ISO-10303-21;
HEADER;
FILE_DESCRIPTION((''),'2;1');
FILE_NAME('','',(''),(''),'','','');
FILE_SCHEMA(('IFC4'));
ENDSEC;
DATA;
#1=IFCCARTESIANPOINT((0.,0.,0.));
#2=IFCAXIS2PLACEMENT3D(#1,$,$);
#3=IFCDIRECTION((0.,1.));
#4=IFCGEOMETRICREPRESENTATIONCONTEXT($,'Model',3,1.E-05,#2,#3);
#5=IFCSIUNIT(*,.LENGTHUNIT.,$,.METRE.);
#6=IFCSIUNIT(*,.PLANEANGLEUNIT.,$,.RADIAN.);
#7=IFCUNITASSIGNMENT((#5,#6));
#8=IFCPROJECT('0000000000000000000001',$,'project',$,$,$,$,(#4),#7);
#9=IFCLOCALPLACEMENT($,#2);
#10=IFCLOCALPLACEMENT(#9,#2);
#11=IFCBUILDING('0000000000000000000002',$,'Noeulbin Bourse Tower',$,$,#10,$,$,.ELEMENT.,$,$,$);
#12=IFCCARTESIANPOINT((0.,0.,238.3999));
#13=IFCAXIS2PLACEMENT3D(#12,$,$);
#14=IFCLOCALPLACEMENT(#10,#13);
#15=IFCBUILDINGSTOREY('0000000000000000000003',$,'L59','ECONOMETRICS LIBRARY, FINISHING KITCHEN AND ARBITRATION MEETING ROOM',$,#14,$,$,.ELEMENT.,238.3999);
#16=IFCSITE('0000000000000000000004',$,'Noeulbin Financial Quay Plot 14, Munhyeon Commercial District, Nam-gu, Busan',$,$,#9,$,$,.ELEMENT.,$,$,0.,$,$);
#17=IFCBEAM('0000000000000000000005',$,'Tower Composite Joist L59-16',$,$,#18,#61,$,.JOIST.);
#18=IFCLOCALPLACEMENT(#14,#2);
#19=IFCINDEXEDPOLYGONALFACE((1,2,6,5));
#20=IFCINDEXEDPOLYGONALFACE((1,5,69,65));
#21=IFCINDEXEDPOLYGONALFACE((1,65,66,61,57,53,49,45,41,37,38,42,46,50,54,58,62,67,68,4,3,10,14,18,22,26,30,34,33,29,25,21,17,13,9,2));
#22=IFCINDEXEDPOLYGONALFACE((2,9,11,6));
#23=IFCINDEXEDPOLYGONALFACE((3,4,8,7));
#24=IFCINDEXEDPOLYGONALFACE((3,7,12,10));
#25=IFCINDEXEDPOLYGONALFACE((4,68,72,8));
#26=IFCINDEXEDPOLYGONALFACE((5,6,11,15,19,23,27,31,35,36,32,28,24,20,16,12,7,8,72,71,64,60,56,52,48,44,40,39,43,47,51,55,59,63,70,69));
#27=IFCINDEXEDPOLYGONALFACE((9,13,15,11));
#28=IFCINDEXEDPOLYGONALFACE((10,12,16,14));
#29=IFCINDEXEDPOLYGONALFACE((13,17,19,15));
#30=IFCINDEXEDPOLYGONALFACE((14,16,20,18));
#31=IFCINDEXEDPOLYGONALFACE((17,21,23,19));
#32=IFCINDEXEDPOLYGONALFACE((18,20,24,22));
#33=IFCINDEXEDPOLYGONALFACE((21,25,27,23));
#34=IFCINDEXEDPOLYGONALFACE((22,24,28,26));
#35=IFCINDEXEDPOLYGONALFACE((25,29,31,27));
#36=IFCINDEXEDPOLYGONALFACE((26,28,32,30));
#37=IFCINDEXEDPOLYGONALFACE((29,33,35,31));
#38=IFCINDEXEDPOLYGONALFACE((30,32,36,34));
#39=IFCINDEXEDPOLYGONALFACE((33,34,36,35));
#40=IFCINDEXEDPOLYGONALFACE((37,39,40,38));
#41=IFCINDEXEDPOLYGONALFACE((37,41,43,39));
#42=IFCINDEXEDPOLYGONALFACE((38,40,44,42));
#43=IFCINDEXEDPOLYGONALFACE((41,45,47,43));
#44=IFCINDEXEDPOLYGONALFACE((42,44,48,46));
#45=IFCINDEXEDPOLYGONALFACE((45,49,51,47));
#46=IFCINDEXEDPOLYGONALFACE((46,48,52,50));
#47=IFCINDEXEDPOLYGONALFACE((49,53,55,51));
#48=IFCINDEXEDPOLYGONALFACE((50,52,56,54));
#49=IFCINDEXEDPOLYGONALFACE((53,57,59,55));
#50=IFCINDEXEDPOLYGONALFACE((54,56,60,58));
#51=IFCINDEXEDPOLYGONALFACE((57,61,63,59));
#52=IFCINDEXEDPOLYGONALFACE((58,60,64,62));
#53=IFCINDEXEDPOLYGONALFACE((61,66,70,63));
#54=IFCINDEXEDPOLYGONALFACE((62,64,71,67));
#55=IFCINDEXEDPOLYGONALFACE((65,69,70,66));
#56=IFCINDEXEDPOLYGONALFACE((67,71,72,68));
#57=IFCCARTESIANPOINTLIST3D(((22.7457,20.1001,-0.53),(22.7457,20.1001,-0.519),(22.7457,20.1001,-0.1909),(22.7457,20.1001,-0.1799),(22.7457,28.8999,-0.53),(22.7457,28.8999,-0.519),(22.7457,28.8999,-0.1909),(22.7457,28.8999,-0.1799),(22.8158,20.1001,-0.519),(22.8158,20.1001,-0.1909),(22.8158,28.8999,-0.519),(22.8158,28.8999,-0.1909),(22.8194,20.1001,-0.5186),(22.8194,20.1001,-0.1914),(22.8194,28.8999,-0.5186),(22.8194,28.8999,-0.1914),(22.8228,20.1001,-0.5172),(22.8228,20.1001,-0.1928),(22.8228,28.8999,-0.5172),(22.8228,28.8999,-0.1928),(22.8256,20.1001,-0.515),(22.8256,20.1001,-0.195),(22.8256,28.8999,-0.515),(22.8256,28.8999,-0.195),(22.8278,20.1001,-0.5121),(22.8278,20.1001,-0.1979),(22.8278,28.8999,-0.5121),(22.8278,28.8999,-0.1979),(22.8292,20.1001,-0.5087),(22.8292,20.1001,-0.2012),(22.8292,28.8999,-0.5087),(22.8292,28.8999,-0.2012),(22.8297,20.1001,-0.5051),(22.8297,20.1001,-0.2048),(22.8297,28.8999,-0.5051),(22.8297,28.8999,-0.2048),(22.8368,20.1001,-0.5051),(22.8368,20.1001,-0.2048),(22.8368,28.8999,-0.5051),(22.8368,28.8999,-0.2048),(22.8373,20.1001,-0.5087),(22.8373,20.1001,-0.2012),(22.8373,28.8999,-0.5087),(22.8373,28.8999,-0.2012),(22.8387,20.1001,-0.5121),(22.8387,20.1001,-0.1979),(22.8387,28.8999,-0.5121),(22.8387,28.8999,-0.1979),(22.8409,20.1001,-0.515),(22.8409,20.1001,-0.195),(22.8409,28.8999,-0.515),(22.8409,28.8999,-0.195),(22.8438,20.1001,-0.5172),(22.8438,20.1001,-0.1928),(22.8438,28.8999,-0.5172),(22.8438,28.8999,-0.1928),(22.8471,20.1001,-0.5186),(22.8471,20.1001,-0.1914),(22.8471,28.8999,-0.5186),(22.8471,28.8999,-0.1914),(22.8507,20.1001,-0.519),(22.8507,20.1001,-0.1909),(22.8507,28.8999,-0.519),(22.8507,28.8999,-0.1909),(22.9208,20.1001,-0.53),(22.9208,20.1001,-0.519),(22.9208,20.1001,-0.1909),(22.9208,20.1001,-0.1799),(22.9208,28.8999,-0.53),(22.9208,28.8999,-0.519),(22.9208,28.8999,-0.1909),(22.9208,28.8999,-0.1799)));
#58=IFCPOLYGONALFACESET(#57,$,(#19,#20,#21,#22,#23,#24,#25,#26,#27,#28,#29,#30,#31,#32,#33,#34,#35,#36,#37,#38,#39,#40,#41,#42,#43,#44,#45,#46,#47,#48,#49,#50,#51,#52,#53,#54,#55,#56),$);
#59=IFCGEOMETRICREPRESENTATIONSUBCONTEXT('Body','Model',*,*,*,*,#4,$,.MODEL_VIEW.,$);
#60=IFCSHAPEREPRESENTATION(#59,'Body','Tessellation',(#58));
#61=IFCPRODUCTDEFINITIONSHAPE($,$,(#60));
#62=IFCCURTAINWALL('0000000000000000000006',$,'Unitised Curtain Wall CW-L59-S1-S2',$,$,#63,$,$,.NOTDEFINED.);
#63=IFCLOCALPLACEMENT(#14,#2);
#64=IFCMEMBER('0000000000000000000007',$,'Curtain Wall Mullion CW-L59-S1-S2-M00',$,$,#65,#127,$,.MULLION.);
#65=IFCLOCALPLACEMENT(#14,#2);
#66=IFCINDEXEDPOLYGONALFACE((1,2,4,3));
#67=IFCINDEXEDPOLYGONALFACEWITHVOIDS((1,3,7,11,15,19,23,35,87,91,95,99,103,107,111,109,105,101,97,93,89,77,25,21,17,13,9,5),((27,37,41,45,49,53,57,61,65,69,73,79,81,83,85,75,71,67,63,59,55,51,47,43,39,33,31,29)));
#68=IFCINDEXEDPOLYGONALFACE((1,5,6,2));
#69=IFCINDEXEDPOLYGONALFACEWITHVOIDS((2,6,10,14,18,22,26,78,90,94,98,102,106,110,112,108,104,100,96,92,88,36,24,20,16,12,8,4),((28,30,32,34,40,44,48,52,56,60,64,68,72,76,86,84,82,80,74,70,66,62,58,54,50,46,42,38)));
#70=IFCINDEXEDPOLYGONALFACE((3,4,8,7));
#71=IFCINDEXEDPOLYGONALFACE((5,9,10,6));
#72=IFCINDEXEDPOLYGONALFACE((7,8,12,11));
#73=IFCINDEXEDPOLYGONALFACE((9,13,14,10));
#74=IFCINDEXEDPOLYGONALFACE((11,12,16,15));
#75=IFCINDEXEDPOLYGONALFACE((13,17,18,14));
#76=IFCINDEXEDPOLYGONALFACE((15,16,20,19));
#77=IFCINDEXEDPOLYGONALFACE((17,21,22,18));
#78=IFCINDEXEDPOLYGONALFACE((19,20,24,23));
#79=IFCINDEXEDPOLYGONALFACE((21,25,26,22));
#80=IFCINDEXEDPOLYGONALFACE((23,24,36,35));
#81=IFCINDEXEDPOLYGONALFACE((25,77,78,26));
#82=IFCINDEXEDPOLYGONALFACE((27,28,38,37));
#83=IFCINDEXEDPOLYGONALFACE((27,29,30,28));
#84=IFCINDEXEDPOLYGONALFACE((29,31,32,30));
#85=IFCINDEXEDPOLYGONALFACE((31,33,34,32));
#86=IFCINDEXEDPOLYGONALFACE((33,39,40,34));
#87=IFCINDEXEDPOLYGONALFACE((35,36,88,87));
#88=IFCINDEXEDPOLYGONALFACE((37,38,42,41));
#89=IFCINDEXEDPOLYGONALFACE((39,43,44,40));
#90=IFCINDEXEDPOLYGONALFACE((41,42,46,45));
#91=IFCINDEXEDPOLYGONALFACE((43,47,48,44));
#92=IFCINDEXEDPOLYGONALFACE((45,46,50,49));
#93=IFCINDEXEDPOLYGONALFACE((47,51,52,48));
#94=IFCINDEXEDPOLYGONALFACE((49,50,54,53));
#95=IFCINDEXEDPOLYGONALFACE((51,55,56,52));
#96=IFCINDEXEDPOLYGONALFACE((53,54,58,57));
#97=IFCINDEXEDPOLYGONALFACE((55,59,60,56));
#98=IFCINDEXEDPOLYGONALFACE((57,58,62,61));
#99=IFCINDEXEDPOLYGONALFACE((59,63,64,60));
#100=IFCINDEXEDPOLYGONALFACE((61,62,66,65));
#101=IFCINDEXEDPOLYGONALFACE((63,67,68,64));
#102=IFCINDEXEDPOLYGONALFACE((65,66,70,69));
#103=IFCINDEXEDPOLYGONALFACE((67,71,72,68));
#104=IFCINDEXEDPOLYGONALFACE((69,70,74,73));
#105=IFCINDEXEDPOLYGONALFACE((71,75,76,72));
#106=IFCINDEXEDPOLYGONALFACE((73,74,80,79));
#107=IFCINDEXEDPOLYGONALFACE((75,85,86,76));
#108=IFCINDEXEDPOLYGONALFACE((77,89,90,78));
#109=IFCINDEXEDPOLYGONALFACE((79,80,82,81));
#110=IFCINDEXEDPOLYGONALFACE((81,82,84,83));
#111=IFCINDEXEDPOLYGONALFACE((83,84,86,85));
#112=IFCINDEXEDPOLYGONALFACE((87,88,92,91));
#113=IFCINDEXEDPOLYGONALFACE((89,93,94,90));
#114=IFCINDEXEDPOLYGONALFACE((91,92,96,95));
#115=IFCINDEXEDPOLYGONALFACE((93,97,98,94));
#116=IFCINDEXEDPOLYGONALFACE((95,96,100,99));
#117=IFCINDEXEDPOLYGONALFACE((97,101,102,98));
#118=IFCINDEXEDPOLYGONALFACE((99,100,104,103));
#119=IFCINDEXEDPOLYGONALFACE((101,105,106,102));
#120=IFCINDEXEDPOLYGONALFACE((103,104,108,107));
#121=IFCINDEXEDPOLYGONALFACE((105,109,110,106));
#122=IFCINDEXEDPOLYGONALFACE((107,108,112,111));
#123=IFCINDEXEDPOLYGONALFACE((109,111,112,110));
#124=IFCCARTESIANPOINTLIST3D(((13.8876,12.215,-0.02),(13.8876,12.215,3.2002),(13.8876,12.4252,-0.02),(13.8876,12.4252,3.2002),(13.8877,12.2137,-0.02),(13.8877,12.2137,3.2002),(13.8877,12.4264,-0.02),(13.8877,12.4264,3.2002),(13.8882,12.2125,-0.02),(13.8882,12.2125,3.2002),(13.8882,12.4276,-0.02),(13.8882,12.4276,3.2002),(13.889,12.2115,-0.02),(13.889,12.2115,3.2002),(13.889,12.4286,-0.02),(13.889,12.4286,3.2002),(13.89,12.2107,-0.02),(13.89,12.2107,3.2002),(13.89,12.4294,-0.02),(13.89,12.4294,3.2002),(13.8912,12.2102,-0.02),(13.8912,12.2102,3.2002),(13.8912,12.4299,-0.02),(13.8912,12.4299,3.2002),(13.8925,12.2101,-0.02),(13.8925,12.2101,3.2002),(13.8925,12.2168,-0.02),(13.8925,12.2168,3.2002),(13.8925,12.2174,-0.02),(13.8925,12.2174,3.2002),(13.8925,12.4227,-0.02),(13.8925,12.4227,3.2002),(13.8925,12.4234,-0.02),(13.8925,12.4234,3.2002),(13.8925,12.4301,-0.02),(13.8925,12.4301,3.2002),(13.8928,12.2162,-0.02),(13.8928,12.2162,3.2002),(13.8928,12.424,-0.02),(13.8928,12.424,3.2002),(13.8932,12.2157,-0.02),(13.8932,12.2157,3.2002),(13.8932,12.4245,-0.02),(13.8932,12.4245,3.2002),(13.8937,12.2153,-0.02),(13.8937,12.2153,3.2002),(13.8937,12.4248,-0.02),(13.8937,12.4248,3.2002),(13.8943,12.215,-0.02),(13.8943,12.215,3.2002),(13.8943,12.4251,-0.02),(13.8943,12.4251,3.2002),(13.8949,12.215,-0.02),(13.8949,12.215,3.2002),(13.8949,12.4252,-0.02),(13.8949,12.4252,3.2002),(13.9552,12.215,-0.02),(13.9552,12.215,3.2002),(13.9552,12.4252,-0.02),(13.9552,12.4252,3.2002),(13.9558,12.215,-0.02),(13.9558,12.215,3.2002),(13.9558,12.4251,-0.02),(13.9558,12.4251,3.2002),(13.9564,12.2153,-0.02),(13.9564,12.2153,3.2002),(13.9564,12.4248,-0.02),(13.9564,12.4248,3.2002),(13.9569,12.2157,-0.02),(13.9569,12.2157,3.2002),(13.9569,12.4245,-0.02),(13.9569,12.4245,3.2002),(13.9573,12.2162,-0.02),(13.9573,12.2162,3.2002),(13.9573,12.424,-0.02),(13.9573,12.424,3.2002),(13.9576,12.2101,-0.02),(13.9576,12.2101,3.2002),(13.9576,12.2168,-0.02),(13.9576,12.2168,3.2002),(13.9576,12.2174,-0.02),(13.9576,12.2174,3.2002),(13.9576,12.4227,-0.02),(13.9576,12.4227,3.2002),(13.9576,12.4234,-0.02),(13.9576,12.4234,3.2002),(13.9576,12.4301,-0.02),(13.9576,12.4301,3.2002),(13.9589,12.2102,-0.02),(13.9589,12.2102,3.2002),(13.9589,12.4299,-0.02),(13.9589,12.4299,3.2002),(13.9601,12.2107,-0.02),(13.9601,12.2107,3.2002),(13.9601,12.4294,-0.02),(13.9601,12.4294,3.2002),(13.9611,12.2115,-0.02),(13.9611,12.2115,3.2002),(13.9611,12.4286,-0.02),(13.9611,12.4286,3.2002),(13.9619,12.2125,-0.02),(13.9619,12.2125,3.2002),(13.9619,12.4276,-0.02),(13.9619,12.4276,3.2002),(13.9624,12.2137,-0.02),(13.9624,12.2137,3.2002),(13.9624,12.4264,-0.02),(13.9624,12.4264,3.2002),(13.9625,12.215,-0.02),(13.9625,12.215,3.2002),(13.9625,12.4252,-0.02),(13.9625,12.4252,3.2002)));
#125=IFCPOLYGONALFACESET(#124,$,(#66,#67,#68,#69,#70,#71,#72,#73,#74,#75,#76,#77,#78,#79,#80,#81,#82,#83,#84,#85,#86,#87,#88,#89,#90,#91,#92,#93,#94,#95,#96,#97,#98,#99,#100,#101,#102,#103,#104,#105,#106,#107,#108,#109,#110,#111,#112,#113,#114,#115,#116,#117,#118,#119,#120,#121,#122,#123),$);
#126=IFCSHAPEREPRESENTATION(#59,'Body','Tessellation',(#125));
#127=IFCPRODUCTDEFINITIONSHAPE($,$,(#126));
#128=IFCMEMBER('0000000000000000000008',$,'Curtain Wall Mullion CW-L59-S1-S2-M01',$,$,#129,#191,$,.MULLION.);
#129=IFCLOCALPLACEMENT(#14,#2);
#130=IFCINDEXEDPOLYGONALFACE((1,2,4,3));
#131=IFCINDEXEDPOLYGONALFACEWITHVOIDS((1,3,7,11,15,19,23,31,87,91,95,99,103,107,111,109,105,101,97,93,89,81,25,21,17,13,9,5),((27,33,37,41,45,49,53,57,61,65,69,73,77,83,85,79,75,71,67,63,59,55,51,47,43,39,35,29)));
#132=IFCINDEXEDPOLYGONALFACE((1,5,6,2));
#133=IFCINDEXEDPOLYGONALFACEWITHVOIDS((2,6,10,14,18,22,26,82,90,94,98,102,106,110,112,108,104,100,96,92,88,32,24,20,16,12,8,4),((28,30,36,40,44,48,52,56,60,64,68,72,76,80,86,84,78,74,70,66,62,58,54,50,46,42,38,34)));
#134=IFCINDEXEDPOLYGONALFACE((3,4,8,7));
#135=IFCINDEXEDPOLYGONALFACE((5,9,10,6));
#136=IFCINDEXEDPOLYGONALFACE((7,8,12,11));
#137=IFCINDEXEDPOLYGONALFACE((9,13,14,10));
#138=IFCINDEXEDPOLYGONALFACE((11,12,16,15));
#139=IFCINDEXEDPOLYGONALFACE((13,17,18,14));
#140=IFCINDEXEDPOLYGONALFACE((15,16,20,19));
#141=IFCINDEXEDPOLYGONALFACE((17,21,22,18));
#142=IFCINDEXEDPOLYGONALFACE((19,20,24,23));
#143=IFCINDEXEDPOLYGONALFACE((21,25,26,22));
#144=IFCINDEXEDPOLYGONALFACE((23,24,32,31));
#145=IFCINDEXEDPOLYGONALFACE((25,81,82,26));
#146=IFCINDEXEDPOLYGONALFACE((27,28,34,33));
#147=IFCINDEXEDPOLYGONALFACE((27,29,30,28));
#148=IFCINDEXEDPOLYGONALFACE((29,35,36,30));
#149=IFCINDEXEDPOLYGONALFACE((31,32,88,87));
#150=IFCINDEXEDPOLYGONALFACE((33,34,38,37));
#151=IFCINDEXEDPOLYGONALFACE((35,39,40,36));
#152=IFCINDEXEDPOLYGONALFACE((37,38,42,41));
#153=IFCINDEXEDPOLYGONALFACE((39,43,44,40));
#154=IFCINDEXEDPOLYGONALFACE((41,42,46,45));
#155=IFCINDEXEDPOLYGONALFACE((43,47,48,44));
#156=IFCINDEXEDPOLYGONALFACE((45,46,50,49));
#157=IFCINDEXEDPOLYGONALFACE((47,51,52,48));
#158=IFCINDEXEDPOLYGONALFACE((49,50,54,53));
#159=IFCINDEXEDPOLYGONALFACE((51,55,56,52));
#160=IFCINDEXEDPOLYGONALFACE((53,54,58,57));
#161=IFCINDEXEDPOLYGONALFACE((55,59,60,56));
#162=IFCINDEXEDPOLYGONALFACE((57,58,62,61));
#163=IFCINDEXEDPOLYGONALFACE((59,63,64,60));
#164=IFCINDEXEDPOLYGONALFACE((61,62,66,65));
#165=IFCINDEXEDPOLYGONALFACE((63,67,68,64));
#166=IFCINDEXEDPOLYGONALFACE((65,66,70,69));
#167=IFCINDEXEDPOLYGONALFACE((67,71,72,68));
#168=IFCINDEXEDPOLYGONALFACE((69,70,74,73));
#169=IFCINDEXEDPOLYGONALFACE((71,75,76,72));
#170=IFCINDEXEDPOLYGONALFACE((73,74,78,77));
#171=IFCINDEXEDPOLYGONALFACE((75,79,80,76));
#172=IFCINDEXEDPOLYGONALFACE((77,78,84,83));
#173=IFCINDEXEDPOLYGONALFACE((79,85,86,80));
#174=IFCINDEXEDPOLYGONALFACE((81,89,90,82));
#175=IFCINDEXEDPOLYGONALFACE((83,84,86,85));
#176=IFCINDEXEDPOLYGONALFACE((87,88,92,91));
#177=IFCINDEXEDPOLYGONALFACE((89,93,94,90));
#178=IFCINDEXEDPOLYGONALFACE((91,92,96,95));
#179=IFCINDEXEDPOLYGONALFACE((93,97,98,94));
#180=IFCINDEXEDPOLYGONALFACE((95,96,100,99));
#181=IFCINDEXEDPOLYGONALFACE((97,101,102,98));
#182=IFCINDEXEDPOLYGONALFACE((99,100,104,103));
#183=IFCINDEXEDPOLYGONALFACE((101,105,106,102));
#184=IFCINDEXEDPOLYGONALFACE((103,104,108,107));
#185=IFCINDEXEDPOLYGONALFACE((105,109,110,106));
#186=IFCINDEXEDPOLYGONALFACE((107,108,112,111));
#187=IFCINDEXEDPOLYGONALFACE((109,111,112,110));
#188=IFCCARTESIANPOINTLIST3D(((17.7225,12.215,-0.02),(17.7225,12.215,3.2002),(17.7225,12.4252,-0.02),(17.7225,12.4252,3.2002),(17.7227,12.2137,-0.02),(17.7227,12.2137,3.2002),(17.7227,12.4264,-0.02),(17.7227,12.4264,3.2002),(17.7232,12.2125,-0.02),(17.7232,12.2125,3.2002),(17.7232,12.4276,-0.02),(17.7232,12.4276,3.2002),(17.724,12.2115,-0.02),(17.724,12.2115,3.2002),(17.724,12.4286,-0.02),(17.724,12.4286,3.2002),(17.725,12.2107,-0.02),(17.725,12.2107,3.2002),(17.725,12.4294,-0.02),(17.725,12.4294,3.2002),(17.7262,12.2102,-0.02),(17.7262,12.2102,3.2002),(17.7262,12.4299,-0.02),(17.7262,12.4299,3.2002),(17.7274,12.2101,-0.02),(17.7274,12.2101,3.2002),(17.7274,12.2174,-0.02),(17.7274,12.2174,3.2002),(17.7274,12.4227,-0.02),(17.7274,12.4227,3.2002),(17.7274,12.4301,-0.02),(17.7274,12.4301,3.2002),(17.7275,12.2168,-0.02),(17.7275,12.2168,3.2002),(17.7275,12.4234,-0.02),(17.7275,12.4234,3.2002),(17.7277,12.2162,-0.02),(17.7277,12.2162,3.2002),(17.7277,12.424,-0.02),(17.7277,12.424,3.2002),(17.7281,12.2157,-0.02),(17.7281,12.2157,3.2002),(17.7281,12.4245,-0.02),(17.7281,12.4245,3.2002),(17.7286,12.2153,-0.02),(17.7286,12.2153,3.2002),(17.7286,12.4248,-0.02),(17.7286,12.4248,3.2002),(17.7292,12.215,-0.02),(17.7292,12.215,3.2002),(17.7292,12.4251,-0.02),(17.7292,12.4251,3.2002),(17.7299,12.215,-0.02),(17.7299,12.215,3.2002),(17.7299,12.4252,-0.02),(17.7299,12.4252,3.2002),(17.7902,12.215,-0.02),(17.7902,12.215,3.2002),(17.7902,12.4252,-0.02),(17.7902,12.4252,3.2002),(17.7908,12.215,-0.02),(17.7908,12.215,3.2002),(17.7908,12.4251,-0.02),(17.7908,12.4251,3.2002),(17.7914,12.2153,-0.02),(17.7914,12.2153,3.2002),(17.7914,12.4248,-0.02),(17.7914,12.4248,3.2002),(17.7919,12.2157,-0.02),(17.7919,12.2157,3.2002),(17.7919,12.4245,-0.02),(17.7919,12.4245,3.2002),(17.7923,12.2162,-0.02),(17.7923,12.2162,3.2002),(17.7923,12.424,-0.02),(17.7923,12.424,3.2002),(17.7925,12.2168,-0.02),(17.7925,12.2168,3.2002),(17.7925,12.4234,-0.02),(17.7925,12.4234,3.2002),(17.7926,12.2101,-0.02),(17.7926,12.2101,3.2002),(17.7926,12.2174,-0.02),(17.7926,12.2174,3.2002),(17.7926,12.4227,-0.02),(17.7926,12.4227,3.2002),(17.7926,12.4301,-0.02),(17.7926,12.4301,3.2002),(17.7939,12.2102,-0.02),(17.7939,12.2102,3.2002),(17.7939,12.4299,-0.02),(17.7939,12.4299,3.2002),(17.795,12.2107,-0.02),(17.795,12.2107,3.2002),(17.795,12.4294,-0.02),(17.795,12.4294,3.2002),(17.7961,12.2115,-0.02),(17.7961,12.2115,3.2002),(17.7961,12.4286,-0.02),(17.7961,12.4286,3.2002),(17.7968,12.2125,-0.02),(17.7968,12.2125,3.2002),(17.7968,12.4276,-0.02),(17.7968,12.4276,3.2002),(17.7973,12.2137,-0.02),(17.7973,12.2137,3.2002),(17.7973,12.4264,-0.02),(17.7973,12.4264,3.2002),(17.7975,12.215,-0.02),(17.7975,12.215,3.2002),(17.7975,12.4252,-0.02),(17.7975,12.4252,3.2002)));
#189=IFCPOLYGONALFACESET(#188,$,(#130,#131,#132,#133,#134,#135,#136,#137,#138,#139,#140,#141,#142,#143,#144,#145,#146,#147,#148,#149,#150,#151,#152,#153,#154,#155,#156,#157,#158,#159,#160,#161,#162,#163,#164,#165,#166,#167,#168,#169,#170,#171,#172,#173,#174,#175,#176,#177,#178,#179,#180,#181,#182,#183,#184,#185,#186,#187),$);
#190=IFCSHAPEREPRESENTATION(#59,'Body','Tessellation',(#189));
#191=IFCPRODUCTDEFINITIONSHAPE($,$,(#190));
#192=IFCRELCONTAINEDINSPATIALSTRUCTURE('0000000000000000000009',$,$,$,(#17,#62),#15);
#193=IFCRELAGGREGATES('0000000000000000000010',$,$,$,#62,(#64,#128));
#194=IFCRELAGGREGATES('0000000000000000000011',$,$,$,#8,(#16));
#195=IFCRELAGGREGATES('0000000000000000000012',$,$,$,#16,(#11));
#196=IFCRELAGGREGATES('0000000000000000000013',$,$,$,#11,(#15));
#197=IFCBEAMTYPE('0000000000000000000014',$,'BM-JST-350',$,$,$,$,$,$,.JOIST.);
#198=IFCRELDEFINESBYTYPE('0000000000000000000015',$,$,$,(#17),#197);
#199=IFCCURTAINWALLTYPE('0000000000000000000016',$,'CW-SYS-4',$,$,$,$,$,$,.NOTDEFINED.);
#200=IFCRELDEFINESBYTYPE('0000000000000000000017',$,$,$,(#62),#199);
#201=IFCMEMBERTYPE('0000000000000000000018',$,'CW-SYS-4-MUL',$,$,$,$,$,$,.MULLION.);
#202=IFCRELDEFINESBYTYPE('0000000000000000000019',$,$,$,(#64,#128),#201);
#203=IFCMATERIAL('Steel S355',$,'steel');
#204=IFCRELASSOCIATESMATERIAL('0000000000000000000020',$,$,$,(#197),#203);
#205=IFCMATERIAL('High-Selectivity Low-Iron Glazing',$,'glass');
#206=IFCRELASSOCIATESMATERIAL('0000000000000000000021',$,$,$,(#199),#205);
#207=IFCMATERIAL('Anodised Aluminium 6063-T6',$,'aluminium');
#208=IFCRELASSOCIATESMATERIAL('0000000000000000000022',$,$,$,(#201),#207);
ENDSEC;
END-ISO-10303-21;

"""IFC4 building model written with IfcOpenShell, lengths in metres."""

from ifc_helpers import new_model, si_unit, direction, frame, origin, origin_2d, place, context, subcontext, project, spatial, hollow_rectangle, i_section, extrude, material, material_profile, profile_set, type_object, element, aggregate, save


model = new_model("IFC4")

# Units and contexts
model_context = context("Model", 3, precision=1e-05, world=origin(), true_north=direction((0.0, 1.0)))
body_context = subcontext(model_context, "Body", "Model", "MODEL_VIEW")
ifc_project = project(units=[si_unit("LENGTHUNIT", "METRE"), si_unit("PLANEANGLEUNIT", "RADIAN")], contexts=[model_context])

# Site, building, storey
site_placement = place(None, origin())
site = spatial("IfcSite", under=ifc_project, at=site_placement, Name="Noeulbin Financial Quay Plot 14, Munhyeon Commercial District, Nam-gu, Busan", CompositionType="ELEMENT", RefElevation=0.0)
building_placement = place(site_placement, origin())
building = spatial("IfcBuilding", under=site, at=building_placement, Name="Noeulbin Bourse Tower", CompositionType="ELEMENT")
storey_placement = place(building_placement, frame((0.0, 0.0, 238.3999)))
storey = spatial("IfcBuildingStorey", under=building, at=storey_placement, Name="L59", Description="ECONOMETRICS LIBRARY, FINISHING KITCHEN AND ARBITRATION MEETING ROOM", CompositionType="ELEMENT", Elevation=238.3999)

# Shared definitions
ifc_material_1 = material(Name="Steel S355", Category="steel")

# Beam
ifc_material_profile_1 = material_profile(ifc_material_1, i_section(OverallWidth=0.175, OverallDepth=0.3501, WebThickness=0.0071, FlangeThickness=0.011, FilletRadius=0.0139, at=origin_2d()), Name="H-350x175x7x11", Category="LoadBearing")
ifc_profile_set_1 = profile_set([ifc_material_profile_1], Name="Steel S355")
beam_type_1 = type_object("IfcBeamType", Name="BM-JST-350", PredefinedType="JOIST", material=ifc_profile_set_1)
beam_1_placement = place(storey_placement, frame((22.8333, 20.1001, -0.355), z_axis=(0.0, 1.0, 0.0), x_axis=(-1.0, 0.0, 0.0)))
element("IfcBeam", 1, at=beam_1_placement, inside=storey, type_object=beam_type_1, Name="Tower Composite Joist L59-16", PredefinedType="JOIST", context=body_context, shape_type="SweptSolid", body=[
    extrude(i_section(OverallWidth=0.175, OverallDepth=0.3501, WebThickness=0.0071, FlangeThickness=0.011, FilletRadius=0.0139, at=origin_2d()), origin(), (0.0, 0.0, 1.0), 8.7998),
])

# Curtain wall, members
ifc_material_2 = material(Name="High-Selectivity Low-Iron Glazing", Category="glass")
curtain_wall_type = type_object("IfcCurtainWallType", Name="CW-SYS-4", PredefinedType="NOTDEFINED", material=ifc_material_2)
curtain_wall_1_placement = place(storey_placement, origin())
curtain_wall_1 = element("IfcCurtainWall", 2, at=curtain_wall_1_placement, inside=storey, type_object=curtain_wall_type, Name="Unitised Curtain Wall CW-L59-S1-S2", PredefinedType="NOTDEFINED")
ifc_material_3 = material(Name="Anodised Aluminium 6063-T6", Category="aluminium")
ifc_material_profile_2 = material_profile(ifc_material_3, hollow_rectangle(XDim=0.075, YDim=0.22, WallThickness=0.0049, InnerFilletRadius=0.0024, OuterFilletRadius=0.0049, at=origin_2d()), Name="ALU-MULL-75x220x5", Category="LoadBearing")
ifc_profile_set_2 = profile_set([ifc_material_profile_2], Name="Anodised Aluminium 6063-T6")
member_type_1 = type_object("IfcMemberType", Name="CW-SYS-4-MUL", PredefinedType="MULLION", material=ifc_profile_set_2)
member_1_placement = place(storey_placement, frame((13.925, 12.3201, -0.02), z_axis=(0.0, 0.0, 1.0), x_axis=(1.0, 0.0, 0.0)))
member_1 = element("IfcMember", 3, at=member_1_placement, type_object=member_type_1, Name="Curtain Wall Mullion CW-L59-S1-S2-M00", PredefinedType="MULLION", context=body_context, shape_type="SweptSolid", body=[
    extrude(hollow_rectangle(XDim=0.075, YDim=0.22, WallThickness=0.0049, InnerFilletRadius=0.0024, OuterFilletRadius=0.0049, at=origin_2d()), origin(), (0.0, 0.0, 1.0), 3.2202),
])
member_2_placement = place(storey_placement, frame((17.76, 12.3201, -0.02), z_axis=(0.0, 0.0, 1.0), x_axis=(1.0, 0.0, 0.0)))
member_2 = element("IfcMember", 4, at=member_2_placement, type_object=member_type_1, Name="Curtain Wall Mullion CW-L59-S1-S2-M01", PredefinedType="MULLION", context=body_context, shape_type="SweptSolid", body=[
    extrude(hollow_rectangle(XDim=0.075, YDim=0.22, WallThickness=0.0049, InnerFilletRadius=0.0024, OuterFilletRadius=0.0049, at=origin_2d()), origin(), (0.0, 0.0, 1.0), 3.2202),
])

aggregate(curtain_wall_1, [member_1, member_2])

save(model, "model.ifc")
